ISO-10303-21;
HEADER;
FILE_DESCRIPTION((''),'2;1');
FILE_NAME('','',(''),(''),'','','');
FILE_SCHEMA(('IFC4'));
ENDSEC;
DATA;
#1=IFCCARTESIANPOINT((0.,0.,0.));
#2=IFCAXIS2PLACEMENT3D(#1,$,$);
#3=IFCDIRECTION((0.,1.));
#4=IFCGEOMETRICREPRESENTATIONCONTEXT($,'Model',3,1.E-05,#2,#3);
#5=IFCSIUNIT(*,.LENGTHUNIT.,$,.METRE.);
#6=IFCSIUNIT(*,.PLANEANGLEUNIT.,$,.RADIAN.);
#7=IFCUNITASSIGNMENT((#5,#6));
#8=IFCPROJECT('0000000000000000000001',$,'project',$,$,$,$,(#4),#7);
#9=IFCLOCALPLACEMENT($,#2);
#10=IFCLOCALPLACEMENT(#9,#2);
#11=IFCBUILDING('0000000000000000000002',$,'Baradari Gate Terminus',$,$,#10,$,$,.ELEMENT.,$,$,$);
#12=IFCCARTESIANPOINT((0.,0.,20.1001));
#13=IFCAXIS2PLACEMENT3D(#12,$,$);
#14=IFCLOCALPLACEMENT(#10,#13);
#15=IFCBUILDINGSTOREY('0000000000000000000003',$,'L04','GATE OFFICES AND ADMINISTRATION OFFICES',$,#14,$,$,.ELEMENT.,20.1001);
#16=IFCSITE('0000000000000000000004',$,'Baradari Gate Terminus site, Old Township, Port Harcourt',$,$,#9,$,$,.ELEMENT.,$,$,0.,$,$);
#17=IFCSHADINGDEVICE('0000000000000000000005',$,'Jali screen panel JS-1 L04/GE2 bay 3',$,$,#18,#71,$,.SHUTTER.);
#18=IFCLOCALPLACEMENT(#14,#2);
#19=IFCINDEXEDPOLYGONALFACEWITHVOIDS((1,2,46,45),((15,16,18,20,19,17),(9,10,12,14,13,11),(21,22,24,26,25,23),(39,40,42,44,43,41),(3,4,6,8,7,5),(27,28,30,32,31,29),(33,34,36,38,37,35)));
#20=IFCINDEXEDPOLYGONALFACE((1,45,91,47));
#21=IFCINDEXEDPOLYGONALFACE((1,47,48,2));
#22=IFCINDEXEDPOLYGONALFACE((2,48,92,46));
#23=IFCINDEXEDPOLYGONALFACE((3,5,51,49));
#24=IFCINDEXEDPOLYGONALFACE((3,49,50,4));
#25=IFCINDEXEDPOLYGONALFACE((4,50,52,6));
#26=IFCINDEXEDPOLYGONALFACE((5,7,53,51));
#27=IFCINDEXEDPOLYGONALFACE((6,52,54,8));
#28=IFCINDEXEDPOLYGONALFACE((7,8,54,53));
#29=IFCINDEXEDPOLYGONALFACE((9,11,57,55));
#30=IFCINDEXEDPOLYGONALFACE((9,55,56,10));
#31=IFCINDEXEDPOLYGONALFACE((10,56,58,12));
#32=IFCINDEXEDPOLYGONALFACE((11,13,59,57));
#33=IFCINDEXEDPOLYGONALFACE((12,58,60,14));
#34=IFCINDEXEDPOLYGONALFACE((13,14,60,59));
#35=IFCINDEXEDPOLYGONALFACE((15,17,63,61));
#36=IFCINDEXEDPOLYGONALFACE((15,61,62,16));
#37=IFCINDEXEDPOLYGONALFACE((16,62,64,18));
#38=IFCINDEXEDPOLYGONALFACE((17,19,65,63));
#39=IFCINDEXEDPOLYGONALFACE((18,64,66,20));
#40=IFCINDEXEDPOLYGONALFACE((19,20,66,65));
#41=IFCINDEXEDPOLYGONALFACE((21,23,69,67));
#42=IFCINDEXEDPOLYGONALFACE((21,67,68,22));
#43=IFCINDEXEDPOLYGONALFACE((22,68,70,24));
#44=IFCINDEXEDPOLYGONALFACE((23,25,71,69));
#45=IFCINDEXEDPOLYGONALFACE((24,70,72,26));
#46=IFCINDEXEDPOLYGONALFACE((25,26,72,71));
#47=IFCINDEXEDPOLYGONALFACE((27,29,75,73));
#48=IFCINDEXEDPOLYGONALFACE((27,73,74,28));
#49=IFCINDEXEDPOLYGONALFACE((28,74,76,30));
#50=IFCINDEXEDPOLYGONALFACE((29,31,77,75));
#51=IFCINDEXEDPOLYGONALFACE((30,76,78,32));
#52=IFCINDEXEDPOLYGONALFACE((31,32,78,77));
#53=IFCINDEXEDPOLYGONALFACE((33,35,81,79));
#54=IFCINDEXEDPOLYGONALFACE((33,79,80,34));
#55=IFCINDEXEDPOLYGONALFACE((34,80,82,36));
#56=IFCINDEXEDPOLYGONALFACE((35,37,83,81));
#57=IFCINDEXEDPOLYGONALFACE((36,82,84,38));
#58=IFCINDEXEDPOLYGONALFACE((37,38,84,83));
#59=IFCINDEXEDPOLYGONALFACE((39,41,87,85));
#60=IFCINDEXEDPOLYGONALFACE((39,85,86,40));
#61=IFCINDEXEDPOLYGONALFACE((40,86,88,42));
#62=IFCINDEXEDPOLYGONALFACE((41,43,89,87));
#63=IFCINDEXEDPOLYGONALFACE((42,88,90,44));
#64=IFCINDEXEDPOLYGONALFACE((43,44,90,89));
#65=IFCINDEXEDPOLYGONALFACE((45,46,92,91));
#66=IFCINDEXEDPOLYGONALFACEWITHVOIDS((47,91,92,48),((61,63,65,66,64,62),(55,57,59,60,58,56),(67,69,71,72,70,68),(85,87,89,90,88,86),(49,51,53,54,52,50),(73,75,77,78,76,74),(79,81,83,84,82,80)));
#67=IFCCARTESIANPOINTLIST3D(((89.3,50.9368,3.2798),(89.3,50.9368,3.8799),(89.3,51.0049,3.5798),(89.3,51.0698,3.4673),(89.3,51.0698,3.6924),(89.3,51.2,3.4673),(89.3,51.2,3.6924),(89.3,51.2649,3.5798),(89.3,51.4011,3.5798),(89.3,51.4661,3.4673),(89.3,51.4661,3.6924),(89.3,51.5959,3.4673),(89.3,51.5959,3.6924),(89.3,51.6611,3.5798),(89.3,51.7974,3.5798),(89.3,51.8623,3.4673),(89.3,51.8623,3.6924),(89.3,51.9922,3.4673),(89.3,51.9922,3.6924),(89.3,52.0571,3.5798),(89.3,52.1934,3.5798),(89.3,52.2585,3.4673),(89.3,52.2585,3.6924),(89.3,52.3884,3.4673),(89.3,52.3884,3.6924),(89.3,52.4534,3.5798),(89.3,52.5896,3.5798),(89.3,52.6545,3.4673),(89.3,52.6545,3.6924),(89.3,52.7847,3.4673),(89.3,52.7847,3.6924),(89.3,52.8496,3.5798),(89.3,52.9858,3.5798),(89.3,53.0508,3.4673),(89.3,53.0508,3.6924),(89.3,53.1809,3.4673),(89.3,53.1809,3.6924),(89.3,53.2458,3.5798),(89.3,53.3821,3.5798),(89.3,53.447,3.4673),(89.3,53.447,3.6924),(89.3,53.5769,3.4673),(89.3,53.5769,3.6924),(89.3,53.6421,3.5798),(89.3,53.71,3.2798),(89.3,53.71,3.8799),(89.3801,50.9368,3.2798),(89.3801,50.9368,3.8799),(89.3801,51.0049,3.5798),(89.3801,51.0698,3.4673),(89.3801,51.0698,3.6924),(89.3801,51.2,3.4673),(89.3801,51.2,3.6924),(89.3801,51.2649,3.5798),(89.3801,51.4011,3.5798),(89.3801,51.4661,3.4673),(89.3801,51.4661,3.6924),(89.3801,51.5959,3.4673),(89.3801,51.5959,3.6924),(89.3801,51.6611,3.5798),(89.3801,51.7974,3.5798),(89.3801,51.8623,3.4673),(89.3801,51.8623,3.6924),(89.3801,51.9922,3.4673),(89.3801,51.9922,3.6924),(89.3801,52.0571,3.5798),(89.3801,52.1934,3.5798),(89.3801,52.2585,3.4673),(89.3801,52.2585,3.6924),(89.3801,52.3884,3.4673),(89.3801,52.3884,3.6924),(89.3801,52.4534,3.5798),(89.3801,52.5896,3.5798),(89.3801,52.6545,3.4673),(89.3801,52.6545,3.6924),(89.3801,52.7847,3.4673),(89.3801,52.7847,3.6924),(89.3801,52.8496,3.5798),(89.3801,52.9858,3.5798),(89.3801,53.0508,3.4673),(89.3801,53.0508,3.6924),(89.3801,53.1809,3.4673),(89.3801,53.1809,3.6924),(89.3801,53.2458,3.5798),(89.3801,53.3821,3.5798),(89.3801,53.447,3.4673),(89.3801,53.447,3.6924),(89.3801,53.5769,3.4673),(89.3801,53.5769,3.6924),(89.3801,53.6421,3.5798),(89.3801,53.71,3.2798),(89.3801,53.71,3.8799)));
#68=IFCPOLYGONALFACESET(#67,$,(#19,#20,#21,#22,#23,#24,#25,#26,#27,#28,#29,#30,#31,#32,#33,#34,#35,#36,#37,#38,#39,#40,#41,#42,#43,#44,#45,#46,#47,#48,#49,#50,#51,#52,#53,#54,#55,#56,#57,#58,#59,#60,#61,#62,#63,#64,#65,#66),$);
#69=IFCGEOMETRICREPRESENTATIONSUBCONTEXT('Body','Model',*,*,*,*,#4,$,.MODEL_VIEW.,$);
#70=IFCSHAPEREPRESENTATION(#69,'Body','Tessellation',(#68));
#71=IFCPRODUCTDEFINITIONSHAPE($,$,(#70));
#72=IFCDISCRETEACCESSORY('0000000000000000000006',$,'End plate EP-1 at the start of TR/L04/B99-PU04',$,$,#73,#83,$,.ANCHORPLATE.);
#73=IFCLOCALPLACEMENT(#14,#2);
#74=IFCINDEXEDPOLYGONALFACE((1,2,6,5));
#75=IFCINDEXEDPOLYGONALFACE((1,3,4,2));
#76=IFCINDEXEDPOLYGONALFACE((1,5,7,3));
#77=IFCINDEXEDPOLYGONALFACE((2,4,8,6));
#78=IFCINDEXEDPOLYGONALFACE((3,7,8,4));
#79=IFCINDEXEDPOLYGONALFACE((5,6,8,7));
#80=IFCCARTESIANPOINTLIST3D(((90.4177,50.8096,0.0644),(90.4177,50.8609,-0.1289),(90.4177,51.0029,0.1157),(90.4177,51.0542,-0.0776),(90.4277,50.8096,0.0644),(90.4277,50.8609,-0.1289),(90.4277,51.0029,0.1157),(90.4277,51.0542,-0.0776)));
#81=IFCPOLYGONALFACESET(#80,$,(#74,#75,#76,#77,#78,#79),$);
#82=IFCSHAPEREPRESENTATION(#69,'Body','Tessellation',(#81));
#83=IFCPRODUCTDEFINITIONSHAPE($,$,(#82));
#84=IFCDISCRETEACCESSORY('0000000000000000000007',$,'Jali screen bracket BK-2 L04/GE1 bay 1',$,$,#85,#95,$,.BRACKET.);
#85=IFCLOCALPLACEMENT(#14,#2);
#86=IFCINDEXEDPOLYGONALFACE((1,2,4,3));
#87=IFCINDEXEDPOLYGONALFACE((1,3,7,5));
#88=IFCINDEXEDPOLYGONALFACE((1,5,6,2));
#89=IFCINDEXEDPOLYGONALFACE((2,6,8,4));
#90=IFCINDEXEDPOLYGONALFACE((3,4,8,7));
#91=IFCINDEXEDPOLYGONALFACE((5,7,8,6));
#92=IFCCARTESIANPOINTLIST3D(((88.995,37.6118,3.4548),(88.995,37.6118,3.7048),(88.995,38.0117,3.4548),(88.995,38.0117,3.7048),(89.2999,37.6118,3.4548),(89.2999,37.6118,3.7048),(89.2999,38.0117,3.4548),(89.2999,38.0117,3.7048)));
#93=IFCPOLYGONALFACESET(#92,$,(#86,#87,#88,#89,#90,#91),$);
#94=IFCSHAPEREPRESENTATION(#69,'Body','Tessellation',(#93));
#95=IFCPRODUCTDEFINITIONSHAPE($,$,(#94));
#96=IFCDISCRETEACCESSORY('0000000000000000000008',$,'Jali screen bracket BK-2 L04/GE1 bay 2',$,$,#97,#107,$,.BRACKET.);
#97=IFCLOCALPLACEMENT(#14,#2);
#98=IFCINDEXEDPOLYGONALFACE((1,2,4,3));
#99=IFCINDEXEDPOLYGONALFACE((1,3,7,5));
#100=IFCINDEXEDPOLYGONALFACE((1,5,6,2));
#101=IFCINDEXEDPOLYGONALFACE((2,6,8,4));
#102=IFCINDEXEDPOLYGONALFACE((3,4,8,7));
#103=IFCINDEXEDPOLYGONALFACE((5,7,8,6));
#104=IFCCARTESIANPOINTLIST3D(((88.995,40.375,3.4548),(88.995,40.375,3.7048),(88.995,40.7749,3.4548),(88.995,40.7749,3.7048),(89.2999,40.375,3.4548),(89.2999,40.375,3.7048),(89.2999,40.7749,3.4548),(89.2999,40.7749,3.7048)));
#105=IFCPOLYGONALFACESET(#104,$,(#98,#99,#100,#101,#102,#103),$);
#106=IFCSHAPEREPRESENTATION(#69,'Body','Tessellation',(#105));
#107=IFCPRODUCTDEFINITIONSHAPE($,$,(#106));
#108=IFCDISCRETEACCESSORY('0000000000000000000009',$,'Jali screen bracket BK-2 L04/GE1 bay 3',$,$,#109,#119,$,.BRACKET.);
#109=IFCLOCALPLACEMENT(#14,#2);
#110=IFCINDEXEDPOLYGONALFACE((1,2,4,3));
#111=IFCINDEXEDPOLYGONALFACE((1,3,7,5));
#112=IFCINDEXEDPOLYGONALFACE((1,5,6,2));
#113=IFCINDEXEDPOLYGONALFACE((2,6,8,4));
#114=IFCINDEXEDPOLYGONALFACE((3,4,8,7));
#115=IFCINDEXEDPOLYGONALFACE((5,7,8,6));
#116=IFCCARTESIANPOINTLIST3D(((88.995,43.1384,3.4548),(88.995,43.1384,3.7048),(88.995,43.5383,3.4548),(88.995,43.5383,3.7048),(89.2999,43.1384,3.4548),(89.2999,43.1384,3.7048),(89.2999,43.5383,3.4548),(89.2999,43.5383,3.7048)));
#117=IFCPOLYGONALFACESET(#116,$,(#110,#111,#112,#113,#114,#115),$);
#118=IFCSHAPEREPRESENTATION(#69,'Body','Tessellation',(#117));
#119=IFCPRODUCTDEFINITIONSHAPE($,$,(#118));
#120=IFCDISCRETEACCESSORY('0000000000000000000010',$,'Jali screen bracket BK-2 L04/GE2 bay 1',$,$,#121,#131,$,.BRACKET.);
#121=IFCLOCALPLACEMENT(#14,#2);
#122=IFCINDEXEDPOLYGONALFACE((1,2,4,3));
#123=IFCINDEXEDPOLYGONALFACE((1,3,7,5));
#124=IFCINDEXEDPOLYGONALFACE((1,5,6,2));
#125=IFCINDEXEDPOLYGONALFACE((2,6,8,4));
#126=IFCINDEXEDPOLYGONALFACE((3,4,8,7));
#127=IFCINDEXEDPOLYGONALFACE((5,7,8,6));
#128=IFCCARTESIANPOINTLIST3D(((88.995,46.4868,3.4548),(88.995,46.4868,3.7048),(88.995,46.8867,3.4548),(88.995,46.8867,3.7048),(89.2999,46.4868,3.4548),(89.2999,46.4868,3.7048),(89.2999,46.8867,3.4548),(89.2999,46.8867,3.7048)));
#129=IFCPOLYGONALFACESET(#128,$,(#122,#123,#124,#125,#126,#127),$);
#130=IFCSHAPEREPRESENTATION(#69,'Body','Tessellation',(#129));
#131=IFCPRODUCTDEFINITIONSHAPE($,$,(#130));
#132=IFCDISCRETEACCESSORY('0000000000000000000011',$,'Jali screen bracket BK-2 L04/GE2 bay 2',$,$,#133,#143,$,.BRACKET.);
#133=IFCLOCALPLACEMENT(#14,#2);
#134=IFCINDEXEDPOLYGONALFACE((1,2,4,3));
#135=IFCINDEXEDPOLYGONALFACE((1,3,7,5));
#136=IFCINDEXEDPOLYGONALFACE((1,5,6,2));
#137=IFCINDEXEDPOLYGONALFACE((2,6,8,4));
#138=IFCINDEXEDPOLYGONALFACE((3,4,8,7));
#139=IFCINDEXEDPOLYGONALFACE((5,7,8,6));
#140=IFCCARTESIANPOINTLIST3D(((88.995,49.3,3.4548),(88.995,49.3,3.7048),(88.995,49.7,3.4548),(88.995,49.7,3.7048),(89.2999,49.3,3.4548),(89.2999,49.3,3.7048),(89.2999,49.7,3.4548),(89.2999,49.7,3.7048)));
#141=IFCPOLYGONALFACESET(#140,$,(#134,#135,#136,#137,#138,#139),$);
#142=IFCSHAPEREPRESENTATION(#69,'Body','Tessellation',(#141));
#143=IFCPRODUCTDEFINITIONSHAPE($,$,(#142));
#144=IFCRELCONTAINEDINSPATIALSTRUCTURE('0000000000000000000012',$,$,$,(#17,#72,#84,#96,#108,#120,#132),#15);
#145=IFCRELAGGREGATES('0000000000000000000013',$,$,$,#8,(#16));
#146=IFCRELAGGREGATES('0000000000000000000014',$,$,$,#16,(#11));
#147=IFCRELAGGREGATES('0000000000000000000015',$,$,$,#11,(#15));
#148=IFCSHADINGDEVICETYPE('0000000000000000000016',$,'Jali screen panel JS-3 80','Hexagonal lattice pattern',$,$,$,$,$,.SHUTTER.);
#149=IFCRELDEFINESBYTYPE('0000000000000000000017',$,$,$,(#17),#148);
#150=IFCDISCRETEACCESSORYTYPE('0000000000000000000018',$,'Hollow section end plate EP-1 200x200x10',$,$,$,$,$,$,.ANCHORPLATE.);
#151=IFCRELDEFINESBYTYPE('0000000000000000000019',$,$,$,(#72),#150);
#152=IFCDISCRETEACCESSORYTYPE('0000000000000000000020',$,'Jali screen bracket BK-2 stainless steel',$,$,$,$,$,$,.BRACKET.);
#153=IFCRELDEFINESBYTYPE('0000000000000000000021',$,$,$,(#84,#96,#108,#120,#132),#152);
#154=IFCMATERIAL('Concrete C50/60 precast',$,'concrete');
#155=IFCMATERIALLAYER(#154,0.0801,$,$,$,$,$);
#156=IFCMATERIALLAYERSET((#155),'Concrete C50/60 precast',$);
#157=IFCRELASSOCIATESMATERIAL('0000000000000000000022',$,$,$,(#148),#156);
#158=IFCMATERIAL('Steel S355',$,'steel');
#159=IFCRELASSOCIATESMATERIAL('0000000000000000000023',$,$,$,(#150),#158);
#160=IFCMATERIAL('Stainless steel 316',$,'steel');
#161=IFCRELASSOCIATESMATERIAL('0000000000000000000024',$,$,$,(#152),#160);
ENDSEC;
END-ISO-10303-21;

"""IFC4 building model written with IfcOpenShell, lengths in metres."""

from ifc_helpers import new_model, si_unit, direction, frame, origin, origin_2d, place, context, subcontext, project, spatial, polyline, rectangle, outline, extrude, material, layer, layer_set, type_object, element, save


model = new_model("IFC4")

# Units and contexts
model_context = context("Model", 3, precision=1e-05, world=origin(), true_north=direction((0.0, 1.0)))
body_context = subcontext(model_context, "Body", "Model", "MODEL_VIEW")
ifc_project = project(units=[si_unit("LENGTHUNIT", "METRE"), si_unit("PLANEANGLEUNIT", "RADIAN")], contexts=[model_context])

# Site, building, storey
site_placement = place(None, origin())
site = spatial("IfcSite", under=ifc_project, at=site_placement, Name="Baradari Gate Terminus site, Old Township, Port Harcourt", CompositionType="ELEMENT", RefElevation=0.0)
building_placement = place(site_placement, origin())
building = spatial("IfcBuilding", under=site, at=building_placement, Name="Baradari Gate Terminus", CompositionType="ELEMENT")
storey_placement = place(building_placement, frame((0.0, 0.0, 20.1001)))
storey = spatial("IfcBuildingStorey", under=building, at=storey_placement, Name="L04", Description="GATE OFFICES AND ADMINISTRATION OFFICES", CompositionType="ELEMENT", Elevation=20.1001)

# Shading device
ifc_material_1 = material(Name="Concrete C50/60 precast", Category="concrete")
ifc_layer_1 = layer(ifc_material_1, 0.0801)
ifc_layer_set_1 = layer_set([ifc_layer_1], Name="Concrete C50/60 precast")
shading_device_type = type_object("IfcShadingDeviceType", Name="Jali screen panel JS-3 80", Description="Hexagonal lattice pattern", PredefinedType="SHUTTER", material=ifc_layer_set_1)
shading_device_1_placement = place(storey_placement, frame((89.3401, 50.9368, 3.2798), z_axis=(0.0, 0.0, 1.0), x_axis=(0.0, 1.0, 0.0)))
element("IfcShadingDevice", 1, at=shading_device_1_placement, inside=storey, type_object=shading_device_type, Name="Jali screen panel JS-1 L04/GE2 bay 3", PredefinedType="SHUTTER", context=body_context, shape_type="SweptSolid", body=[
    extrude(outline(polyline([(0.0, 0.0), (2.7732, 0.0), (2.7732, 0.6001), (0.0, 0.6001), (0.0, 0.0)]), holes=[polyline([(0.3281, 0.3), (0.2632, 0.1875), (0.1331, 0.1875), (0.0681, 0.3), (0.1331, 0.4126), (0.2632, 0.4126), (0.3281, 0.3)]), polyline([(0.7244, 0.3), (0.6592, 0.1875), (0.5293, 0.1875), (0.4644, 0.3), (0.5293, 0.4126), (0.6592, 0.4126), (0.7244, 0.3)]), polyline([(1.1204, 0.3), (1.0554, 0.1875), (0.9255, 0.1875), (0.8606, 0.3), (0.9255, 0.4126), (1.0554, 0.4126), (1.1204, 0.3)]), polyline([(1.5166, 0.3), (1.4517, 0.1875), (1.3218, 0.1875), (1.2566, 0.3), (1.3218, 0.4126), (1.4517, 0.4126), (1.5166, 0.3)]), polyline([(1.9128, 0.3), (1.8479, 0.1875), (1.7178, 0.1875), (1.6528, 0.3), (1.7178, 0.4126), (1.8479, 0.4126), (1.9128, 0.3)]), polyline([(2.3091, 0.3), (2.2441, 0.1875), (2.114, 0.1875), (2.0491, 0.3), (2.114, 0.4126), (2.2441, 0.4126), (2.3091, 0.3)]), polyline([(2.7053, 0.3), (2.6401, 0.1875), (2.5103, 0.1875), (2.4453, 0.3), (2.5103, 0.4126), (2.6401, 0.4126), (2.7053, 0.3)])]), frame((0.0, 0.04, 0.0), z_axis=(0.0, -1.0, 0.0), x_axis=(1.0, 0.0, 0.0)), (0.0, 0.0, 1.0), 0.0801),
])

# Discrete accessories
ifc_material_2 = material(Name="Steel S355", Category="steel")
discrete_accessory_type_1 = type_object("IfcDiscreteAccessoryType", Name="Hollow section end plate EP-1 200x200x10", PredefinedType="ANCHORPLATE", material=ifc_material_2)
discrete_accessory_placement = place(storey_placement, frame((90.4177, 50.9319, -0.0066), z_axis=(1.0, 0.0, 0.0), x_axis=(0.0, 0.9665, 0.256668)))
element("IfcDiscreteAccessory", 2, at=discrete_accessory_placement, inside=storey, type_object=discrete_accessory_type_1, Name="End plate EP-1 at the start of TR/L04/B99-PU04", PredefinedType="ANCHORPLATE", context=body_context, shape_type="SweptSolid", body=[
    extrude(rectangle(XDim=0.2, YDim=0.2, at=origin_2d()), origin(), (0.0, 0.0, 1.0), 0.01),
])
ifc_material_3 = material(Name="Stainless steel 316", Category="steel")
discrete_accessory_type_2 = type_object("IfcDiscreteAccessoryType", Name="Jali screen bracket BK-2 stainless steel", PredefinedType="BRACKET", material=ifc_material_3)
for number, where, z_axis, x_axis, name in (
    (3, (89.1475, 37.8118, 3.4548), (0.0, 0.0, 1.0), (1.0, 0.0, 0.0), "Jali screen bracket BK-2 L04/GE1 bay 1"),
    (4, (89.1475, 40.575, 3.4548), (0.0, 0.0, 1.0), (1.0, 0.0, 0.0), "Jali screen bracket BK-2 L04/GE1 bay 2"),
    (5, (89.1475, 43.3384, 3.4548), (0.0, 0.0, 1.0), (1.0, 0.0, 0.0), "Jali screen bracket BK-2 L04/GE1 bay 3"),
    (6, (89.1475, 46.6868, 3.4548), (0.0, 0.0, 1.0), (1.0, 0.0, 0.0), "Jali screen bracket BK-2 L04/GE2 bay 1"),
    (7, (89.1475, 49.5, 3.4548), (0.0, 0.0, 1.0), (1.0, 0.0, 0.0), "Jali screen bracket BK-2 L04/GE2 bay 2"),
):
    element("IfcDiscreteAccessory", number, at=place(storey_placement, frame(where, z_axis=z_axis, x_axis=x_axis)), inside=storey, type_object=discrete_accessory_type_2, Name=name, PredefinedType="BRACKET", context=body_context, shape_type="SweptSolid", body=[
        extrude(rectangle(XDim=0.3049, YDim=0.3999, at=origin_2d()), origin(), (0.0, 0.0, 1.0), 0.25),
    ])

save(model, "model.ifc")
